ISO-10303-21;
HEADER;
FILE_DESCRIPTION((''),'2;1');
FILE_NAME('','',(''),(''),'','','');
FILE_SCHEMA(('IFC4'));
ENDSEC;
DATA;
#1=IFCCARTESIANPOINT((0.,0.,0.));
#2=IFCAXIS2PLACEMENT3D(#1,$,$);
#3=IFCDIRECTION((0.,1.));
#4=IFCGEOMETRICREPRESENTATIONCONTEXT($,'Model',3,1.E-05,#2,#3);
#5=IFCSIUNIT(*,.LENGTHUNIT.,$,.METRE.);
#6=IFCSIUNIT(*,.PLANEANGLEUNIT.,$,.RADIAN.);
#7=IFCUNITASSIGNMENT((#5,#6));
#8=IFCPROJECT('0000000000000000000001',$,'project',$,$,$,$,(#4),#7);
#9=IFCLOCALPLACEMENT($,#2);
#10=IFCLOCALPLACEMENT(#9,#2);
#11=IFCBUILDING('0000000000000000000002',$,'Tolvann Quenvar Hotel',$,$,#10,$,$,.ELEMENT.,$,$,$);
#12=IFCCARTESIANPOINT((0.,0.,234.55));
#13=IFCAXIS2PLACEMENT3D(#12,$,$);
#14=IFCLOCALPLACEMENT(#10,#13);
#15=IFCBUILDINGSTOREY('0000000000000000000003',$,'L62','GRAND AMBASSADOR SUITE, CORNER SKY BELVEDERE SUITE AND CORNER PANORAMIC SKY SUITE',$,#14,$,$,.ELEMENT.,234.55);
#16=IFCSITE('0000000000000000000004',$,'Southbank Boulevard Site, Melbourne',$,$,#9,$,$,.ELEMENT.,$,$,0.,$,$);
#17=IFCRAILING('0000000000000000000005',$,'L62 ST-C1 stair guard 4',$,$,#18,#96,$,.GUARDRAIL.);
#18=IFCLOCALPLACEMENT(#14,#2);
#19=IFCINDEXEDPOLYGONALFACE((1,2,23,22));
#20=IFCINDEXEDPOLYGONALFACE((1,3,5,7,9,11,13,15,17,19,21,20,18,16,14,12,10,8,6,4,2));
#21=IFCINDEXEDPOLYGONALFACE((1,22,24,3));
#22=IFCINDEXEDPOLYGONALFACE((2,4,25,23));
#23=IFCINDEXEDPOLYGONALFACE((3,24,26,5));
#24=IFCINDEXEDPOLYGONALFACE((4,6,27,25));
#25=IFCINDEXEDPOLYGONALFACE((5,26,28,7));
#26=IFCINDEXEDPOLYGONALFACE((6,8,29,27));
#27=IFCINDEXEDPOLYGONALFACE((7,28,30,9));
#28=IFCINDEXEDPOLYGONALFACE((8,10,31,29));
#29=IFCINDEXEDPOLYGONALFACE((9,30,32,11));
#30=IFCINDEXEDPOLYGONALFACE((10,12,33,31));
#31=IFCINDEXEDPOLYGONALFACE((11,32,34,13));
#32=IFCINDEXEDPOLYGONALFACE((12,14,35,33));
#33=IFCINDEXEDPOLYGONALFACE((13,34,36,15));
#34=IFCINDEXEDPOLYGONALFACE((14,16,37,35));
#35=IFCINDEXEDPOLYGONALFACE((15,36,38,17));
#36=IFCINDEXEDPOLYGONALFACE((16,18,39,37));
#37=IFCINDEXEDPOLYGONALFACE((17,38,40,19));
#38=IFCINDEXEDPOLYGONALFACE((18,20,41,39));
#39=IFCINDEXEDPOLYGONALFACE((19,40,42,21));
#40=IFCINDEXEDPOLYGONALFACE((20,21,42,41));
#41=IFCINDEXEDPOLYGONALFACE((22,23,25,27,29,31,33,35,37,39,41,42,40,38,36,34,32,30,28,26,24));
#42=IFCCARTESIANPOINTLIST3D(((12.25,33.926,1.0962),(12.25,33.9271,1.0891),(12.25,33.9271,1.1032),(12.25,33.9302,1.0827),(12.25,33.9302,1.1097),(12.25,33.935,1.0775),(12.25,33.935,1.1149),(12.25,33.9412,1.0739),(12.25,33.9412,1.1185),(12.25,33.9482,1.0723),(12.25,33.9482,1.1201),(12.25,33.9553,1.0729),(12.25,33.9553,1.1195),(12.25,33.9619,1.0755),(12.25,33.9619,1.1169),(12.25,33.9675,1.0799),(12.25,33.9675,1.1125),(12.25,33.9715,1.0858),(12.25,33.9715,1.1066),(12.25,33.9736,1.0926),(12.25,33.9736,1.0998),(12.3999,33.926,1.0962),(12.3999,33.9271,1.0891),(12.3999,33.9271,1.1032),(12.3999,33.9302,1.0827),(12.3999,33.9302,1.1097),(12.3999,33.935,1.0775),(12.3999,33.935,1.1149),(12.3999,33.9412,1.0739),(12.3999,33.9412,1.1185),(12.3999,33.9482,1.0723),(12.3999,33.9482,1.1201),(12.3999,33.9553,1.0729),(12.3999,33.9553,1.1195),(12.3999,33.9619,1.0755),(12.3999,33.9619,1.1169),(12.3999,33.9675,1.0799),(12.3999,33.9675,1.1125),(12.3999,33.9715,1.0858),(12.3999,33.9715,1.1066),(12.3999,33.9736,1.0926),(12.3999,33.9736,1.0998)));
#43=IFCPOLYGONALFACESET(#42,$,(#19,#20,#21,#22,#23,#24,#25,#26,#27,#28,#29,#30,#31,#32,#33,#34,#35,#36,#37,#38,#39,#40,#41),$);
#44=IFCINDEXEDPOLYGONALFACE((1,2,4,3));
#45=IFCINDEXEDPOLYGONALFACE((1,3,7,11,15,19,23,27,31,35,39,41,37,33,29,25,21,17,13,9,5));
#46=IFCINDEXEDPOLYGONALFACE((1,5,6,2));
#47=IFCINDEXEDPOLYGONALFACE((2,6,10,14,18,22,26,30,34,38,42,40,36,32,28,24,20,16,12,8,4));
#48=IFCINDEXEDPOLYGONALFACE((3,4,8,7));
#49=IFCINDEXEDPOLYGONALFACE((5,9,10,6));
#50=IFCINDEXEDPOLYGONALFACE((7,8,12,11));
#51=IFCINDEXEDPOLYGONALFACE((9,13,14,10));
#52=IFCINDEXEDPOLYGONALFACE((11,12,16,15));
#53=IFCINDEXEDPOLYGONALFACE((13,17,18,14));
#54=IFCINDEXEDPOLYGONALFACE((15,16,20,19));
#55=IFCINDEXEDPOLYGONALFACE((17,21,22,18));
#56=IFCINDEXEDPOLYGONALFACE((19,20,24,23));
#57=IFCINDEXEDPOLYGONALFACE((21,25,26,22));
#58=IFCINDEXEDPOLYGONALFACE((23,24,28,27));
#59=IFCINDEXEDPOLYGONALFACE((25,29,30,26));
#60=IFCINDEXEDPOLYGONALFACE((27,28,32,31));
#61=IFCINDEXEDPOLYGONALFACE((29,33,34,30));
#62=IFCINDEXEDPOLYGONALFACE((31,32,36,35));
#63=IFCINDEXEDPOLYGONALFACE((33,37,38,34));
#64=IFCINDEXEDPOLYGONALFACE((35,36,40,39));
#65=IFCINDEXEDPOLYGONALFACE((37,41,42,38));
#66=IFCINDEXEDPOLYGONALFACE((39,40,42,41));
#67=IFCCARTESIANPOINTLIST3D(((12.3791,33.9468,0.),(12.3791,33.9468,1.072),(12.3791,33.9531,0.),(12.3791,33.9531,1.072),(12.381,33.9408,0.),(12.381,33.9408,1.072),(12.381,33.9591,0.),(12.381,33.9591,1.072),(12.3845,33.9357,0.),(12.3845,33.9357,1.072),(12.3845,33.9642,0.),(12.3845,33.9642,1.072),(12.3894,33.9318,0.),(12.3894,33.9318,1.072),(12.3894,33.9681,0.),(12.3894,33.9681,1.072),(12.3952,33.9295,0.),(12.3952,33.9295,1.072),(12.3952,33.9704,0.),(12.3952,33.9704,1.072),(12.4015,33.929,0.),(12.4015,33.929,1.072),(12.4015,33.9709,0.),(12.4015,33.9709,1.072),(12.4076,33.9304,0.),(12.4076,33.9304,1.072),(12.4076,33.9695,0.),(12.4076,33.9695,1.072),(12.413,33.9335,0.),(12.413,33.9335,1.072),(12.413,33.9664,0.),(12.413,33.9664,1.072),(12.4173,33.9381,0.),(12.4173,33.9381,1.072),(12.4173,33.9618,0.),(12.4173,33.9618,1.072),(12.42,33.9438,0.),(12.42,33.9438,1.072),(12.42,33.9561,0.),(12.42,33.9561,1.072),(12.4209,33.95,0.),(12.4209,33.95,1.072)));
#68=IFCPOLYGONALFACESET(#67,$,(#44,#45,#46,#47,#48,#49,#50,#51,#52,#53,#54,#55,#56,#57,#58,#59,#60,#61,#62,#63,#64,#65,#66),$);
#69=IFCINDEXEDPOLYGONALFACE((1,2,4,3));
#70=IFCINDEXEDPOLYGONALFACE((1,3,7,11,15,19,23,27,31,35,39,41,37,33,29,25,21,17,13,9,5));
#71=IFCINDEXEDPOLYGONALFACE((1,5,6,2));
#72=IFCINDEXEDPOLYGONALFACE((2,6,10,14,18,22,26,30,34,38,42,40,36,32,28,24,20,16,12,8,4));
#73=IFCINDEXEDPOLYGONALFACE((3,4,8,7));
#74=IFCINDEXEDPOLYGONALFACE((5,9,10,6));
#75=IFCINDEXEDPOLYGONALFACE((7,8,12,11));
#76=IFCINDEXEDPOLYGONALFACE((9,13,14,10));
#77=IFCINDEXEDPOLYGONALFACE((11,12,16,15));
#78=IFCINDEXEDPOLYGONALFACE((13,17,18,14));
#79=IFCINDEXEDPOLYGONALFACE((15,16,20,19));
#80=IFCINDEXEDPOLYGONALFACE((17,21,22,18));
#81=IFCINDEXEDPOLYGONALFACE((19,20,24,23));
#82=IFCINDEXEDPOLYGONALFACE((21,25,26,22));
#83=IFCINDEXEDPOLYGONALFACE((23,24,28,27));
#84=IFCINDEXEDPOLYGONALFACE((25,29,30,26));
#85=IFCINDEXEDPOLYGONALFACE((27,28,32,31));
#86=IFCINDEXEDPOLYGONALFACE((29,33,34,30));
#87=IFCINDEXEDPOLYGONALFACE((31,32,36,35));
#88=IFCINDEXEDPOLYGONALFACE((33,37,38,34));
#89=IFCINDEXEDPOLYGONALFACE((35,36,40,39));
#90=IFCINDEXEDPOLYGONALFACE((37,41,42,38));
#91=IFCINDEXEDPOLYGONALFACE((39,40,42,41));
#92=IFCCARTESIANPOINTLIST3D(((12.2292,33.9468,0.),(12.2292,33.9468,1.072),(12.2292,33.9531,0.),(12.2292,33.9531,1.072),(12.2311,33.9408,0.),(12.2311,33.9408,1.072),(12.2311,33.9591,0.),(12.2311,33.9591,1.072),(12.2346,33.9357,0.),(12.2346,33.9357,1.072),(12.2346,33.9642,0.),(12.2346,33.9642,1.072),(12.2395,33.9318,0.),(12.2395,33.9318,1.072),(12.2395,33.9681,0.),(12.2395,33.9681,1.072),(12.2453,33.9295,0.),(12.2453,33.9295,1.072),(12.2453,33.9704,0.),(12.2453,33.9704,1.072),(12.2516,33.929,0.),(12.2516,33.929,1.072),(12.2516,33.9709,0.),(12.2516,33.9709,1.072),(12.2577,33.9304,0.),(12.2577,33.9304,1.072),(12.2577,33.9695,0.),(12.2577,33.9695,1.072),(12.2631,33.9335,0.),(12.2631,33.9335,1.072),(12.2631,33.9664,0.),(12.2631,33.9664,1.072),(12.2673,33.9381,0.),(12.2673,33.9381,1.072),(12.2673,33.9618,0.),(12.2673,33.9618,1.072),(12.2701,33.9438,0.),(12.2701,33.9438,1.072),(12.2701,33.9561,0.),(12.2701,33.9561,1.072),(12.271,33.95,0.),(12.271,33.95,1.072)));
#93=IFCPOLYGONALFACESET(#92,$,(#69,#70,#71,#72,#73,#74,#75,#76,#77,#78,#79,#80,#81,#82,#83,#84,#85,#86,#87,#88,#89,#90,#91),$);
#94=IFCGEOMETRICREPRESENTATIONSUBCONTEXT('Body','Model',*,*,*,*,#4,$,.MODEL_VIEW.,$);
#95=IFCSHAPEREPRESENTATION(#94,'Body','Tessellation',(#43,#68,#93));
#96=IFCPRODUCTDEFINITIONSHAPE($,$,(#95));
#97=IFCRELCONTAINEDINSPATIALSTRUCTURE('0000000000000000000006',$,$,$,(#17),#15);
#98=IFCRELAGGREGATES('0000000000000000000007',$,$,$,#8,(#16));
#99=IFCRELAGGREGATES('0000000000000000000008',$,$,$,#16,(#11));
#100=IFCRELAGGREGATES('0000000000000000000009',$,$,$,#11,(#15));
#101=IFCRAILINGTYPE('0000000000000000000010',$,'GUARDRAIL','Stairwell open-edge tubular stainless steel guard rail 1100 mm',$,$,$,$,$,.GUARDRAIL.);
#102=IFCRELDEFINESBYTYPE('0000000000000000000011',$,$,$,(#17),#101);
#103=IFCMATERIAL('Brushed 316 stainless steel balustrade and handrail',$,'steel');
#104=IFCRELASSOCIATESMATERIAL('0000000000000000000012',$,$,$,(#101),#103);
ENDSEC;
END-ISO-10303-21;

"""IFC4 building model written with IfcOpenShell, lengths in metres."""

from ifc_helpers import new_model, si_unit, direction, frame, origin, origin_2d, place, context, subcontext, project, spatial, circle, extrude, material, type_object, element, save


model = new_model("IFC4")

# Units and contexts
model_context = context("Model", 3, precision=1e-05, world=origin(), true_north=direction((0.0, 1.0)))
body_context = subcontext(model_context, "Body", "Model", "MODEL_VIEW")
ifc_project = project(units=[si_unit("LENGTHUNIT", "METRE"), si_unit("PLANEANGLEUNIT", "RADIAN")], contexts=[model_context])

# Site, building, storey
site_placement = place(None, origin())
site = spatial("IfcSite", under=ifc_project, at=site_placement, Name="Southbank Boulevard Site, Melbourne", CompositionType="ELEMENT", RefElevation=0.0)
building_placement = place(site_placement, origin())
building = spatial("IfcBuilding", under=site, at=building_placement, Name="Tolvann Quenvar Hotel", CompositionType="ELEMENT")
storey_placement = place(building_placement, frame((0.0, 0.0, 234.55)))
storey = spatial("IfcBuildingStorey", under=building, at=storey_placement, Name="L62", Description="GRAND AMBASSADOR SUITE, CORNER SKY BELVEDERE SUITE AND CORNER PANORAMIC SKY SUITE", CompositionType="ELEMENT", Elevation=234.55)

# Railing
ifc_material_1 = material(Name="Brushed 316 stainless steel balustrade and handrail", Category="steel")
railing_type_1 = type_object("IfcRailingType", Name="GUARDRAIL", Description="Stairwell open-edge tubular stainless steel guard rail 1100 mm", PredefinedType="GUARDRAIL", material=ifc_material_1)
railing_1_placement = place(storey_placement, frame((12.3999, 33.95, 0.0)))
element("IfcRailing", 1, at=railing_1_placement, inside=storey, type_object=railing_type_1, Name="L62 ST-C1 stair guard 4", PredefinedType="GUARDRAIL", context=body_context, shape_type="SweptSolid", body=[
    extrude(circle(Radius=0.0239, at=origin_2d()), frame((0.0, 0.0, 1.0962), z_axis=(-1.0, 0.0, 0.0), x_axis=(0.0, -1.0, 0.0)), (0.0, 0.0, 1.0), 0.1499),
    extrude(circle(Radius=0.021, at=origin_2d()), origin(), (0.0, 0.0, 1.0), 1.072),
    extrude(circle(Radius=0.021, at=origin_2d()), frame((-0.1499, 0.0, 0.0)), (0.0, 0.0, 1.0), 1.072),
])

save(model, "model.ifc")
